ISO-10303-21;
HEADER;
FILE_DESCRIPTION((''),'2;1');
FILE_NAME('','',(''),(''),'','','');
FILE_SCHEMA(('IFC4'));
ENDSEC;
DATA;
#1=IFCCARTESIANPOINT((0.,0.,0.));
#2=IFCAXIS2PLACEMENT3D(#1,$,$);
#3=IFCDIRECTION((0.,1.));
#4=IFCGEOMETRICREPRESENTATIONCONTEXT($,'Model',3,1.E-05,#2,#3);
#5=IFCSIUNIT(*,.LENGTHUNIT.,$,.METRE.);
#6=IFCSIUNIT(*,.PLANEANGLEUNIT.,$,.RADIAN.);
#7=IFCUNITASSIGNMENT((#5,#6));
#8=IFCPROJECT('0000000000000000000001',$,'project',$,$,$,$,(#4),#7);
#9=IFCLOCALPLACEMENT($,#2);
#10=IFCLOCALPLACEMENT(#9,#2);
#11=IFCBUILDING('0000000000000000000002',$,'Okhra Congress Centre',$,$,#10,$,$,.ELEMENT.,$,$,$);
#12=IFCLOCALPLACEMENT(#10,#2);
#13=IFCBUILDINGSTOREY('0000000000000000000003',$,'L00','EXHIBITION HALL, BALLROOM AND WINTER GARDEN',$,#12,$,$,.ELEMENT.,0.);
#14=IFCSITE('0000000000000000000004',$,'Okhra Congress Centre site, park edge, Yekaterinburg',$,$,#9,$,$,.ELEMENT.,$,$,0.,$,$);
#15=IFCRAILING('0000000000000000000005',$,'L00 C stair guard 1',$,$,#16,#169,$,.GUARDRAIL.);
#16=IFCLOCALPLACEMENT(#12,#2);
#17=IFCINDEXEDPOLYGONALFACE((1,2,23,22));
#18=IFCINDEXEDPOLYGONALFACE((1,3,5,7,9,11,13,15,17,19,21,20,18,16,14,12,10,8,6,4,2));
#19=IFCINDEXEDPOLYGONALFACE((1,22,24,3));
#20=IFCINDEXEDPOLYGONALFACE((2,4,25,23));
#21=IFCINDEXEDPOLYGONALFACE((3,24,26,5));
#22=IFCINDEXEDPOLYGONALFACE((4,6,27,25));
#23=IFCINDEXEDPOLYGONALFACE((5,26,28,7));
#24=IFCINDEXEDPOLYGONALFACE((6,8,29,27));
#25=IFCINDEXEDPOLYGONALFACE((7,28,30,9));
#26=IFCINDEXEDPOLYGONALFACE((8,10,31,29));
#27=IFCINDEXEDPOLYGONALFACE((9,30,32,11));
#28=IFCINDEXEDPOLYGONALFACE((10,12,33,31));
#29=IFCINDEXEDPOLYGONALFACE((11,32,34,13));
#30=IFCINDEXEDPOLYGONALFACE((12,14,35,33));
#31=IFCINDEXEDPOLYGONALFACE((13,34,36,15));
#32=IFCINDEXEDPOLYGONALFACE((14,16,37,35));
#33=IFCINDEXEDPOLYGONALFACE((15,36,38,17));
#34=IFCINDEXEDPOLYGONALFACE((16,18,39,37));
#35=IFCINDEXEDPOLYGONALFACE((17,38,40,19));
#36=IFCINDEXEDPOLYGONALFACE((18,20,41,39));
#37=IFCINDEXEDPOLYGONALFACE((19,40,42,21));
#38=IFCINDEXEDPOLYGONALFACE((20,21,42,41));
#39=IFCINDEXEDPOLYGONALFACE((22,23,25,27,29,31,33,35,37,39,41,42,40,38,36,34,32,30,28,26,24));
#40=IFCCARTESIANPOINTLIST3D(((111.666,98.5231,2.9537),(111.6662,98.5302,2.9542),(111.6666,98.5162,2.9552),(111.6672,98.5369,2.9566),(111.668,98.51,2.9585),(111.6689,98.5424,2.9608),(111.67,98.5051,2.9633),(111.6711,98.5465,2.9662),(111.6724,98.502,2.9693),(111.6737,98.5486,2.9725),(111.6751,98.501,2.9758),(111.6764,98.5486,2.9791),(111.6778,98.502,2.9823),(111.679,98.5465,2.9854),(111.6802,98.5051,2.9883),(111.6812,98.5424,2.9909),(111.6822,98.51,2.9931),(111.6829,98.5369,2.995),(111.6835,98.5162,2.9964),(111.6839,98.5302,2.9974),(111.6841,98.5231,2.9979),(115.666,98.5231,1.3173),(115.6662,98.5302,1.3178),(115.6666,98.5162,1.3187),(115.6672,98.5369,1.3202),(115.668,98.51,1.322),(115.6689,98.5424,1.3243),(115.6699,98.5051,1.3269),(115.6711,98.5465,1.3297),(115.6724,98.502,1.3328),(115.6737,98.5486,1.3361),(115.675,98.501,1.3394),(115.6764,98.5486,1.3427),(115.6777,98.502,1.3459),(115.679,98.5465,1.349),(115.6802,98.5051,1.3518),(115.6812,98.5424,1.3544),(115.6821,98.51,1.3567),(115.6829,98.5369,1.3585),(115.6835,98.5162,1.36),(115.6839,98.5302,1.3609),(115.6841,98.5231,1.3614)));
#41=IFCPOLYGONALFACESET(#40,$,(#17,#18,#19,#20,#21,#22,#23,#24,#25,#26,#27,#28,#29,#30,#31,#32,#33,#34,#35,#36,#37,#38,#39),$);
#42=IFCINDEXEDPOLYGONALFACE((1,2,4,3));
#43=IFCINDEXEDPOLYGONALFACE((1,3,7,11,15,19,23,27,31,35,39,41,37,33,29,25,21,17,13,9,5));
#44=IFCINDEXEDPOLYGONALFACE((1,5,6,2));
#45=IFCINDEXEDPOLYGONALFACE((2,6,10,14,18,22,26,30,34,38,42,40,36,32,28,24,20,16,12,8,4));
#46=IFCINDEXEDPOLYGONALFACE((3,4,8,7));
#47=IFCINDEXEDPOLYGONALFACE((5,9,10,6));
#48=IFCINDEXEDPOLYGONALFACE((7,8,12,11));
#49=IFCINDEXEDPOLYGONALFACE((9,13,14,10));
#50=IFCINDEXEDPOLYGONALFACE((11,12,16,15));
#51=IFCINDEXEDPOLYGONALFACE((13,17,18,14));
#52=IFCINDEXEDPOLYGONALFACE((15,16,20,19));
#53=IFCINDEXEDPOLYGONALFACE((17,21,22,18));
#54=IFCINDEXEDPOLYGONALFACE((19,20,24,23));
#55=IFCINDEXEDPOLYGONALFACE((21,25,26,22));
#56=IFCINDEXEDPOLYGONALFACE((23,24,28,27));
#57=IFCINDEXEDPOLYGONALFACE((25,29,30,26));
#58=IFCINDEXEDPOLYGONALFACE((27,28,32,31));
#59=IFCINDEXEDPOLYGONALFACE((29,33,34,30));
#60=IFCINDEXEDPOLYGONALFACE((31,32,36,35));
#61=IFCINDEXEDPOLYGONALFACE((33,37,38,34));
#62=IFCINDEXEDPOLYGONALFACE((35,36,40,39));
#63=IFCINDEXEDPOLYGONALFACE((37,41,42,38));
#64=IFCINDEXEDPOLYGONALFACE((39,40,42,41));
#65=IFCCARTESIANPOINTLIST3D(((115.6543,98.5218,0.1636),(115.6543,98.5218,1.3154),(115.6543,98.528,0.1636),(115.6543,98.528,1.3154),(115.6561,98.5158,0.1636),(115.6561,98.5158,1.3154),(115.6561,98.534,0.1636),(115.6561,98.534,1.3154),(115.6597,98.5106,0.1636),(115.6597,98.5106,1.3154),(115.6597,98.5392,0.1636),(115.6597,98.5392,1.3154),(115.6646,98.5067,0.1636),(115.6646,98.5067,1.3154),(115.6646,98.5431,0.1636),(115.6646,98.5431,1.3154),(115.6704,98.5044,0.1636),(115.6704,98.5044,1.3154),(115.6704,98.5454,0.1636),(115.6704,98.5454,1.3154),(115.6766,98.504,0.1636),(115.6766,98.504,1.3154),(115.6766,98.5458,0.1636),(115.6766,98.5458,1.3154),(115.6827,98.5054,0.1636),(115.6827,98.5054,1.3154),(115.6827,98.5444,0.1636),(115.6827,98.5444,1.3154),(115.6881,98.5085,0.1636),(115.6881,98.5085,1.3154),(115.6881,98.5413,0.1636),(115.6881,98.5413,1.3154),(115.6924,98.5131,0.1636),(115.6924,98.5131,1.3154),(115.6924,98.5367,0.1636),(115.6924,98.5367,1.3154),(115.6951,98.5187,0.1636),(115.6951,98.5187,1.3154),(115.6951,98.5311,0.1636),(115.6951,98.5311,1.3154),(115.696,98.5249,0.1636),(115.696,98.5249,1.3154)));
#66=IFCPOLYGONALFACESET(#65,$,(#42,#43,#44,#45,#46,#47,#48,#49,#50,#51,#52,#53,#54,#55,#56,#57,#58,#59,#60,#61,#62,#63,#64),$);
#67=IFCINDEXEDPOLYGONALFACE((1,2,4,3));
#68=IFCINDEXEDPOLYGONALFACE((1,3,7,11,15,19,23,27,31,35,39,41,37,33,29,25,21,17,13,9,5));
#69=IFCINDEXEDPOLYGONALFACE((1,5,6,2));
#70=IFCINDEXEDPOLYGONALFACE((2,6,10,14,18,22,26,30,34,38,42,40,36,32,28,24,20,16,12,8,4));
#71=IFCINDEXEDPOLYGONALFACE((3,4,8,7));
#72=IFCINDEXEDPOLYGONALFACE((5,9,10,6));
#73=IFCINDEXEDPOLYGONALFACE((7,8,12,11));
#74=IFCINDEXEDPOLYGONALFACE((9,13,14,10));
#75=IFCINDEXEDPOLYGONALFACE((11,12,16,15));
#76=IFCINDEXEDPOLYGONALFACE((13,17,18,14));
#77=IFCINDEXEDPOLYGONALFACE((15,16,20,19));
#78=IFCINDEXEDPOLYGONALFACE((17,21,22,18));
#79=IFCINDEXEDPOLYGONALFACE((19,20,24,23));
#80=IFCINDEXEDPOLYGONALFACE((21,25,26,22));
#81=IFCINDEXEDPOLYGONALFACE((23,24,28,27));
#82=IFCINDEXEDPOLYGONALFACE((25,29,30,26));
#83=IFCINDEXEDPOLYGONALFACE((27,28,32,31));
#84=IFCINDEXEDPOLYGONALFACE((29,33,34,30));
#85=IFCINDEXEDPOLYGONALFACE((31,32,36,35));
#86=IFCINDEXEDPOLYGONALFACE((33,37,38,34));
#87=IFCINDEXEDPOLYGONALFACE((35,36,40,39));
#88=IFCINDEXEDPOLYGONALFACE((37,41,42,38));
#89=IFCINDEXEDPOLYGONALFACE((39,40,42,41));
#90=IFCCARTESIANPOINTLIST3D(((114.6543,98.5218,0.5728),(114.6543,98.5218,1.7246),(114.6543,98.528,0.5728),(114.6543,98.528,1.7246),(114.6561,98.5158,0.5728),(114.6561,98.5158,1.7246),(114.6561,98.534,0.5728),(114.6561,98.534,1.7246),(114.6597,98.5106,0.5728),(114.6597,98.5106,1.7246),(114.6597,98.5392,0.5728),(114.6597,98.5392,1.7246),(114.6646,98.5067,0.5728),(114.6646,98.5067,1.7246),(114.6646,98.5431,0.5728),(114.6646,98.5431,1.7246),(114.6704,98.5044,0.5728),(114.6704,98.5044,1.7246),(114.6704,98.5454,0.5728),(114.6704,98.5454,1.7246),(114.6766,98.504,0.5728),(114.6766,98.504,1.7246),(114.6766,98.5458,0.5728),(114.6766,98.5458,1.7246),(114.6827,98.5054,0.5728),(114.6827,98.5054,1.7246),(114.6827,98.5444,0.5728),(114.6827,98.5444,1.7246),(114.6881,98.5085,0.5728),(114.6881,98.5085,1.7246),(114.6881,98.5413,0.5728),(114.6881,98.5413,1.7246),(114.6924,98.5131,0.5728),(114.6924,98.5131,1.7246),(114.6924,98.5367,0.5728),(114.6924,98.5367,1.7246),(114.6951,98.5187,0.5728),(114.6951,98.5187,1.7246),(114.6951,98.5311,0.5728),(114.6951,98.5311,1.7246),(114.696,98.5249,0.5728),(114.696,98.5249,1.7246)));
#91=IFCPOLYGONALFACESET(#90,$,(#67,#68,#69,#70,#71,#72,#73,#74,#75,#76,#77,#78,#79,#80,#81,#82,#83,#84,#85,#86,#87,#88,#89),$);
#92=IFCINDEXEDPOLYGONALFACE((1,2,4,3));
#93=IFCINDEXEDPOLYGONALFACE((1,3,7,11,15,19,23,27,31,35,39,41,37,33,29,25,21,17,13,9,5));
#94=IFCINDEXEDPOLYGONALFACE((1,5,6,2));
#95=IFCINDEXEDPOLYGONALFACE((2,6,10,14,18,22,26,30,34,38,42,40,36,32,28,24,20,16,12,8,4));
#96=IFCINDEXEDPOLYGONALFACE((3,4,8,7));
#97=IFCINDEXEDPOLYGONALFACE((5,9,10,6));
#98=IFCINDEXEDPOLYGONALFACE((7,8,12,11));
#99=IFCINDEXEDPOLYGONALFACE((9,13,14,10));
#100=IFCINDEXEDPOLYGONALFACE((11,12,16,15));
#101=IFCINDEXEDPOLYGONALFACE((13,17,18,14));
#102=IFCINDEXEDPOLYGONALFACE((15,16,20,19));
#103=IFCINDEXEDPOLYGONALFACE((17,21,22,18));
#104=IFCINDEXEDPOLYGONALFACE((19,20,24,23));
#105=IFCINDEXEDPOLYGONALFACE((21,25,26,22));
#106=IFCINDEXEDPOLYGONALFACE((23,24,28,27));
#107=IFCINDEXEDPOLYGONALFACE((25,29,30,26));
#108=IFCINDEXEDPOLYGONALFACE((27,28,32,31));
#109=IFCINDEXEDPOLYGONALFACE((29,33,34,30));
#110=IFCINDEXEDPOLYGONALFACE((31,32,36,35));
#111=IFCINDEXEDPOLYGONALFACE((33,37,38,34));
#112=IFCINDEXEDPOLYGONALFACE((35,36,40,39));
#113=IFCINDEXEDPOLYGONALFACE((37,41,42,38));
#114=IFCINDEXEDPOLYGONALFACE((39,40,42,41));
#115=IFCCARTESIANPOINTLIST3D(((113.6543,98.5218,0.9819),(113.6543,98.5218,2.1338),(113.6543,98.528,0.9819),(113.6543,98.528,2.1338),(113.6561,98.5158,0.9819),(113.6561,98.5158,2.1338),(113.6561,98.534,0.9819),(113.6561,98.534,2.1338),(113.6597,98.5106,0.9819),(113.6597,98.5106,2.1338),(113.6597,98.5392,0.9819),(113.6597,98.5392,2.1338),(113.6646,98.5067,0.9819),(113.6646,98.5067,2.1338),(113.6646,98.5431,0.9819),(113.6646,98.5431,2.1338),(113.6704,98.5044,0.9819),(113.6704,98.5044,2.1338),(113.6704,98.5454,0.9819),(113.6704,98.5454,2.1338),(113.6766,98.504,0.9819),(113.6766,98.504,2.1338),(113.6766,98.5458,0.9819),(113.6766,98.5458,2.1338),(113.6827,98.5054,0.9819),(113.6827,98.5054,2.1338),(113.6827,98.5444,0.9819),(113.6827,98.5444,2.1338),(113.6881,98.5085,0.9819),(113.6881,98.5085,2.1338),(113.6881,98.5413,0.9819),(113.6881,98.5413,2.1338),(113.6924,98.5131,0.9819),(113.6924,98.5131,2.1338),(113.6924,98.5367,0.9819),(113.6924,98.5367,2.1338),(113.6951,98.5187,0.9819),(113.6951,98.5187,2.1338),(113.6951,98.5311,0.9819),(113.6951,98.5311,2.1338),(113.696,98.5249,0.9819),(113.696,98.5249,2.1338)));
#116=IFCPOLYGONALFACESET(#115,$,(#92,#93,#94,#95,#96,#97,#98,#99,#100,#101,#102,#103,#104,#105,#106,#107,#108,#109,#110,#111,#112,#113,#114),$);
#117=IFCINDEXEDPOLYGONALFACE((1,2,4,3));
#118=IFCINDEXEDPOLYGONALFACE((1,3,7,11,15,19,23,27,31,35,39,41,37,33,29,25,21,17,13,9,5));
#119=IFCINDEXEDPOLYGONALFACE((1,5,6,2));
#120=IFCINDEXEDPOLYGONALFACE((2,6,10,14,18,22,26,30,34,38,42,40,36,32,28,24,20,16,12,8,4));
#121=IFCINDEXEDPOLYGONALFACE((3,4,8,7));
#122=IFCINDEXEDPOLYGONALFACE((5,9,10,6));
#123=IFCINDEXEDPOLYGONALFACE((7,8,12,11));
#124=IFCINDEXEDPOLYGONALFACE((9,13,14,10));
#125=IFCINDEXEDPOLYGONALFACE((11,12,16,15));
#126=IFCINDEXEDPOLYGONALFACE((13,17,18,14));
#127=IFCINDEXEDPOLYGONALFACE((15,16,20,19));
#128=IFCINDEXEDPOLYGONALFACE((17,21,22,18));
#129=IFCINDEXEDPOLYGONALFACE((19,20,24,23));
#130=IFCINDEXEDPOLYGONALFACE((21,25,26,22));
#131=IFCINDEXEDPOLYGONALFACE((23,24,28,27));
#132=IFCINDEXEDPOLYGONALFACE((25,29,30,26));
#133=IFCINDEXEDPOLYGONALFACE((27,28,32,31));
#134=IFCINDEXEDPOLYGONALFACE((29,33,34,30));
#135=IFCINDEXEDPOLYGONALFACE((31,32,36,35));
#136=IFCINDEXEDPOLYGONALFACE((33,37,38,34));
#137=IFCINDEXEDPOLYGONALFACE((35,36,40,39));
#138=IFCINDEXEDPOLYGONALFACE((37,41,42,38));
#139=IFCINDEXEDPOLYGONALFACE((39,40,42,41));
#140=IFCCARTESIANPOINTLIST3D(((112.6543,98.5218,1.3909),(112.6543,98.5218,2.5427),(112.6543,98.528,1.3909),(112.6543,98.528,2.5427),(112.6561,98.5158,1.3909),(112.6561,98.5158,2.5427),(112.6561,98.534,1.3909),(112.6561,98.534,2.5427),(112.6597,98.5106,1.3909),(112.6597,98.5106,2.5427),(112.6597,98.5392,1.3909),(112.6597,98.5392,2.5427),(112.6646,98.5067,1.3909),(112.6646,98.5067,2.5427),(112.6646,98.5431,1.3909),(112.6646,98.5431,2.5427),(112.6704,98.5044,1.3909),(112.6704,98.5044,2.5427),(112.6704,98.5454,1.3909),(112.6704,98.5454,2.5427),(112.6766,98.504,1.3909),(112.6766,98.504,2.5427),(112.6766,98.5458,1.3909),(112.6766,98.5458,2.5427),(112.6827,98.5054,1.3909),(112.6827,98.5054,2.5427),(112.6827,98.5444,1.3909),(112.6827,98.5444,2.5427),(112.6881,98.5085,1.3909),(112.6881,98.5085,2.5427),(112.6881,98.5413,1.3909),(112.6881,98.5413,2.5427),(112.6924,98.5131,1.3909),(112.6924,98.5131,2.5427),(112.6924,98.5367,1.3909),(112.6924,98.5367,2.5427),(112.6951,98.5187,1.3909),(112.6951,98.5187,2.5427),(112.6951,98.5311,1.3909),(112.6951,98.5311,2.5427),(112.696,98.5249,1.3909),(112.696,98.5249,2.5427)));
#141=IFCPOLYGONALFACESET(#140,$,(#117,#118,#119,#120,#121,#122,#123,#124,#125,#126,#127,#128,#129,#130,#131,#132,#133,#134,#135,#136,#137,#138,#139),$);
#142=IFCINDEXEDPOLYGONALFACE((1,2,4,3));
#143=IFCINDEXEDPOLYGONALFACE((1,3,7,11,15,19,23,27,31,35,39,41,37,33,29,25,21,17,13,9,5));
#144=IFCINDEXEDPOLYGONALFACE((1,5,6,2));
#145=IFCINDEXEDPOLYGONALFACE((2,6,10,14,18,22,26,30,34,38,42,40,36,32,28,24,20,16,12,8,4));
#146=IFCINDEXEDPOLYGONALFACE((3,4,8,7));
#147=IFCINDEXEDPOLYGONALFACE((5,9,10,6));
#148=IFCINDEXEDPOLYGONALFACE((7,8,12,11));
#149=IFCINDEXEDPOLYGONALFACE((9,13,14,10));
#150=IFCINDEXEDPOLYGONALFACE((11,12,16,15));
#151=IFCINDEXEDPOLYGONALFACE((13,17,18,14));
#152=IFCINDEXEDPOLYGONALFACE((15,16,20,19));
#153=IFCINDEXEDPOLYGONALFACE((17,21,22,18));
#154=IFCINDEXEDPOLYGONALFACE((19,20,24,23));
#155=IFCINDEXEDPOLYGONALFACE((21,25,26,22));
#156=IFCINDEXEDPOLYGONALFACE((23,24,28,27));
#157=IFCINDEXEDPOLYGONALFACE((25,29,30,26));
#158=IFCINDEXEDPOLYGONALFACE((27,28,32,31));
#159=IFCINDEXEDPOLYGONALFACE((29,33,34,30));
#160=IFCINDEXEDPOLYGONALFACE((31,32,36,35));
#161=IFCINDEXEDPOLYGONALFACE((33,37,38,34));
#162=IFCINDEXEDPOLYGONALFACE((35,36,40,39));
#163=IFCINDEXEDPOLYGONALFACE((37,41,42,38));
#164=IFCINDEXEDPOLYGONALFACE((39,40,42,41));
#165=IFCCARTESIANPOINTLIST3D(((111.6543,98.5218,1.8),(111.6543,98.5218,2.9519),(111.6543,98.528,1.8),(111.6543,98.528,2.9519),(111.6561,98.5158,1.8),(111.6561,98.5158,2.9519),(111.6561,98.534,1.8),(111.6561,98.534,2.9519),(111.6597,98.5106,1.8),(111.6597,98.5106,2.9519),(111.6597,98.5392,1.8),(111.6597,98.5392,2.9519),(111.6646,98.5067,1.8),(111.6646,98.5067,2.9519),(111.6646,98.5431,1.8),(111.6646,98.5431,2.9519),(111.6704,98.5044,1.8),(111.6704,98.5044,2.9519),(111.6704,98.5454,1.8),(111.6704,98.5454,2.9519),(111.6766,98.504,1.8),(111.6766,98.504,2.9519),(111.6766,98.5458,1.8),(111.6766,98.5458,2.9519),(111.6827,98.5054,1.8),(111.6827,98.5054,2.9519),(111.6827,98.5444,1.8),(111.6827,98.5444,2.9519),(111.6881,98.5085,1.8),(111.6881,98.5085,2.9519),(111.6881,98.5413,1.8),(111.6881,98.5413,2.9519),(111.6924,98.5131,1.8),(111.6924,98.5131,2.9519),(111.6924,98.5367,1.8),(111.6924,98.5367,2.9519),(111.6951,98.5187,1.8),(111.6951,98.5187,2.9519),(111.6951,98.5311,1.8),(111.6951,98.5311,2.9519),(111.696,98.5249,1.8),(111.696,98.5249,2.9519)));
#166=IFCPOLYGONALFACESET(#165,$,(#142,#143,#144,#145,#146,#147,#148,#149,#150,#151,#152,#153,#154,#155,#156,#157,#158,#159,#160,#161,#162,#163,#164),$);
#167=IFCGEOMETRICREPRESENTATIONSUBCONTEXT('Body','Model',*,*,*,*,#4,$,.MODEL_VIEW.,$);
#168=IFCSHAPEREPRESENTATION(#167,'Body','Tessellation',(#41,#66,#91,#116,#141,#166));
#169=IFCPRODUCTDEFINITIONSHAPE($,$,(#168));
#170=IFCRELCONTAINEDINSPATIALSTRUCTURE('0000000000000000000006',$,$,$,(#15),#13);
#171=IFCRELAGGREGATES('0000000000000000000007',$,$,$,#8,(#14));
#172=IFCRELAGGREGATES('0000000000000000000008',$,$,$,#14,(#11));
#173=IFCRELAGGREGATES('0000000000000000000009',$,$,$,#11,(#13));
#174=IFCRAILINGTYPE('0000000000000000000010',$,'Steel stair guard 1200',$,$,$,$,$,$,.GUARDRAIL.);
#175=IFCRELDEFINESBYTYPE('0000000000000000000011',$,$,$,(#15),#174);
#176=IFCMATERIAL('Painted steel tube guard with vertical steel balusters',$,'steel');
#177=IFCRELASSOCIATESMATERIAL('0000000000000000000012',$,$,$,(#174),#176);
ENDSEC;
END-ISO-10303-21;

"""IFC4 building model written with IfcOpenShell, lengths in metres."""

from ifc_helpers import new_model, si_unit, direction, frame, origin, origin_2d, place, context, subcontext, project, spatial, circle, extrude, material, type_object, element, save


model = new_model("IFC4")

# Units and contexts
model_context = context("Model", 3, precision=1e-05, world=origin(), true_north=direction((0.0, 1.0)))
body_context = subcontext(model_context, "Body", "Model", "MODEL_VIEW")
ifc_project = project(units=[si_unit("LENGTHUNIT", "METRE"), si_unit("PLANEANGLEUNIT", "RADIAN")], contexts=[model_context])

# Site, building, storey
site_placement = place(None, origin())
site = spatial("IfcSite", under=ifc_project, at=site_placement, Name="Okhra Congress Centre site, park edge, Yekaterinburg", CompositionType="ELEMENT", RefElevation=0.0)
building_placement = place(site_placement, origin())
building = spatial("IfcBuilding", under=site, at=building_placement, Name="Okhra Congress Centre", CompositionType="ELEMENT")
storey_placement = place(building_placement, origin())
storey = spatial("IfcBuildingStorey", under=building, at=storey_placement, Name="L00", Description="EXHIBITION HALL, BALLROOM AND WINTER GARDEN", CompositionType="ELEMENT", Elevation=0.0)

# Railing
ifc_material_1 = material(Name="Painted steel tube guard with vertical steel balusters", Category="steel")
railing_type_1 = type_object("IfcRailingType", Name="Steel stair guard 1200", PredefinedType="GUARDRAIL", material=ifc_material_1)
railing_1_placement = place(storey_placement, frame((115.675, 98.5249, 0.1636)))
element("IfcRailing", 1, at=railing_1_placement, inside=storey, type_object=railing_type_1, Name="L00 C stair guard 1", PredefinedType="GUARDRAIL", context=body_context, shape_type="SweptSolid", body=[
    extrude(circle(Radius=0.0239, at=origin_2d()), frame((0.0, 0.0, 1.1758), z_axis=(-0.925538, 0.0, 0.378655), x_axis=(0.0, -1.0, 0.0)), (0.0, 0.0, 1.0), 4.3218),
    extrude(circle(Radius=0.021, at=origin_2d()), origin(), (0.0, 0.0, 1.0), 1.1519),
    extrude(circle(Radius=0.021, at=origin_2d()), frame((-1.0, 0.0, 0.4092)), (0.0, 0.0, 1.0), 1.1519),
    extrude(circle(Radius=0.021, at=origin_2d()), frame((-2.0, 0.0, 0.8184)), (0.0, 0.0, 1.0), 1.1519),
    extrude(circle(Radius=0.021, at=origin_2d()), frame((-3.0, 0.0, 1.2273)), (0.0, 0.0, 1.0), 1.1519),
    extrude(circle(Radius=0.021, at=origin_2d()), frame((-4.0, 0.0, 1.6365)), (0.0, 0.0, 1.0), 1.1519),
])

save(model, "model.ifc")
